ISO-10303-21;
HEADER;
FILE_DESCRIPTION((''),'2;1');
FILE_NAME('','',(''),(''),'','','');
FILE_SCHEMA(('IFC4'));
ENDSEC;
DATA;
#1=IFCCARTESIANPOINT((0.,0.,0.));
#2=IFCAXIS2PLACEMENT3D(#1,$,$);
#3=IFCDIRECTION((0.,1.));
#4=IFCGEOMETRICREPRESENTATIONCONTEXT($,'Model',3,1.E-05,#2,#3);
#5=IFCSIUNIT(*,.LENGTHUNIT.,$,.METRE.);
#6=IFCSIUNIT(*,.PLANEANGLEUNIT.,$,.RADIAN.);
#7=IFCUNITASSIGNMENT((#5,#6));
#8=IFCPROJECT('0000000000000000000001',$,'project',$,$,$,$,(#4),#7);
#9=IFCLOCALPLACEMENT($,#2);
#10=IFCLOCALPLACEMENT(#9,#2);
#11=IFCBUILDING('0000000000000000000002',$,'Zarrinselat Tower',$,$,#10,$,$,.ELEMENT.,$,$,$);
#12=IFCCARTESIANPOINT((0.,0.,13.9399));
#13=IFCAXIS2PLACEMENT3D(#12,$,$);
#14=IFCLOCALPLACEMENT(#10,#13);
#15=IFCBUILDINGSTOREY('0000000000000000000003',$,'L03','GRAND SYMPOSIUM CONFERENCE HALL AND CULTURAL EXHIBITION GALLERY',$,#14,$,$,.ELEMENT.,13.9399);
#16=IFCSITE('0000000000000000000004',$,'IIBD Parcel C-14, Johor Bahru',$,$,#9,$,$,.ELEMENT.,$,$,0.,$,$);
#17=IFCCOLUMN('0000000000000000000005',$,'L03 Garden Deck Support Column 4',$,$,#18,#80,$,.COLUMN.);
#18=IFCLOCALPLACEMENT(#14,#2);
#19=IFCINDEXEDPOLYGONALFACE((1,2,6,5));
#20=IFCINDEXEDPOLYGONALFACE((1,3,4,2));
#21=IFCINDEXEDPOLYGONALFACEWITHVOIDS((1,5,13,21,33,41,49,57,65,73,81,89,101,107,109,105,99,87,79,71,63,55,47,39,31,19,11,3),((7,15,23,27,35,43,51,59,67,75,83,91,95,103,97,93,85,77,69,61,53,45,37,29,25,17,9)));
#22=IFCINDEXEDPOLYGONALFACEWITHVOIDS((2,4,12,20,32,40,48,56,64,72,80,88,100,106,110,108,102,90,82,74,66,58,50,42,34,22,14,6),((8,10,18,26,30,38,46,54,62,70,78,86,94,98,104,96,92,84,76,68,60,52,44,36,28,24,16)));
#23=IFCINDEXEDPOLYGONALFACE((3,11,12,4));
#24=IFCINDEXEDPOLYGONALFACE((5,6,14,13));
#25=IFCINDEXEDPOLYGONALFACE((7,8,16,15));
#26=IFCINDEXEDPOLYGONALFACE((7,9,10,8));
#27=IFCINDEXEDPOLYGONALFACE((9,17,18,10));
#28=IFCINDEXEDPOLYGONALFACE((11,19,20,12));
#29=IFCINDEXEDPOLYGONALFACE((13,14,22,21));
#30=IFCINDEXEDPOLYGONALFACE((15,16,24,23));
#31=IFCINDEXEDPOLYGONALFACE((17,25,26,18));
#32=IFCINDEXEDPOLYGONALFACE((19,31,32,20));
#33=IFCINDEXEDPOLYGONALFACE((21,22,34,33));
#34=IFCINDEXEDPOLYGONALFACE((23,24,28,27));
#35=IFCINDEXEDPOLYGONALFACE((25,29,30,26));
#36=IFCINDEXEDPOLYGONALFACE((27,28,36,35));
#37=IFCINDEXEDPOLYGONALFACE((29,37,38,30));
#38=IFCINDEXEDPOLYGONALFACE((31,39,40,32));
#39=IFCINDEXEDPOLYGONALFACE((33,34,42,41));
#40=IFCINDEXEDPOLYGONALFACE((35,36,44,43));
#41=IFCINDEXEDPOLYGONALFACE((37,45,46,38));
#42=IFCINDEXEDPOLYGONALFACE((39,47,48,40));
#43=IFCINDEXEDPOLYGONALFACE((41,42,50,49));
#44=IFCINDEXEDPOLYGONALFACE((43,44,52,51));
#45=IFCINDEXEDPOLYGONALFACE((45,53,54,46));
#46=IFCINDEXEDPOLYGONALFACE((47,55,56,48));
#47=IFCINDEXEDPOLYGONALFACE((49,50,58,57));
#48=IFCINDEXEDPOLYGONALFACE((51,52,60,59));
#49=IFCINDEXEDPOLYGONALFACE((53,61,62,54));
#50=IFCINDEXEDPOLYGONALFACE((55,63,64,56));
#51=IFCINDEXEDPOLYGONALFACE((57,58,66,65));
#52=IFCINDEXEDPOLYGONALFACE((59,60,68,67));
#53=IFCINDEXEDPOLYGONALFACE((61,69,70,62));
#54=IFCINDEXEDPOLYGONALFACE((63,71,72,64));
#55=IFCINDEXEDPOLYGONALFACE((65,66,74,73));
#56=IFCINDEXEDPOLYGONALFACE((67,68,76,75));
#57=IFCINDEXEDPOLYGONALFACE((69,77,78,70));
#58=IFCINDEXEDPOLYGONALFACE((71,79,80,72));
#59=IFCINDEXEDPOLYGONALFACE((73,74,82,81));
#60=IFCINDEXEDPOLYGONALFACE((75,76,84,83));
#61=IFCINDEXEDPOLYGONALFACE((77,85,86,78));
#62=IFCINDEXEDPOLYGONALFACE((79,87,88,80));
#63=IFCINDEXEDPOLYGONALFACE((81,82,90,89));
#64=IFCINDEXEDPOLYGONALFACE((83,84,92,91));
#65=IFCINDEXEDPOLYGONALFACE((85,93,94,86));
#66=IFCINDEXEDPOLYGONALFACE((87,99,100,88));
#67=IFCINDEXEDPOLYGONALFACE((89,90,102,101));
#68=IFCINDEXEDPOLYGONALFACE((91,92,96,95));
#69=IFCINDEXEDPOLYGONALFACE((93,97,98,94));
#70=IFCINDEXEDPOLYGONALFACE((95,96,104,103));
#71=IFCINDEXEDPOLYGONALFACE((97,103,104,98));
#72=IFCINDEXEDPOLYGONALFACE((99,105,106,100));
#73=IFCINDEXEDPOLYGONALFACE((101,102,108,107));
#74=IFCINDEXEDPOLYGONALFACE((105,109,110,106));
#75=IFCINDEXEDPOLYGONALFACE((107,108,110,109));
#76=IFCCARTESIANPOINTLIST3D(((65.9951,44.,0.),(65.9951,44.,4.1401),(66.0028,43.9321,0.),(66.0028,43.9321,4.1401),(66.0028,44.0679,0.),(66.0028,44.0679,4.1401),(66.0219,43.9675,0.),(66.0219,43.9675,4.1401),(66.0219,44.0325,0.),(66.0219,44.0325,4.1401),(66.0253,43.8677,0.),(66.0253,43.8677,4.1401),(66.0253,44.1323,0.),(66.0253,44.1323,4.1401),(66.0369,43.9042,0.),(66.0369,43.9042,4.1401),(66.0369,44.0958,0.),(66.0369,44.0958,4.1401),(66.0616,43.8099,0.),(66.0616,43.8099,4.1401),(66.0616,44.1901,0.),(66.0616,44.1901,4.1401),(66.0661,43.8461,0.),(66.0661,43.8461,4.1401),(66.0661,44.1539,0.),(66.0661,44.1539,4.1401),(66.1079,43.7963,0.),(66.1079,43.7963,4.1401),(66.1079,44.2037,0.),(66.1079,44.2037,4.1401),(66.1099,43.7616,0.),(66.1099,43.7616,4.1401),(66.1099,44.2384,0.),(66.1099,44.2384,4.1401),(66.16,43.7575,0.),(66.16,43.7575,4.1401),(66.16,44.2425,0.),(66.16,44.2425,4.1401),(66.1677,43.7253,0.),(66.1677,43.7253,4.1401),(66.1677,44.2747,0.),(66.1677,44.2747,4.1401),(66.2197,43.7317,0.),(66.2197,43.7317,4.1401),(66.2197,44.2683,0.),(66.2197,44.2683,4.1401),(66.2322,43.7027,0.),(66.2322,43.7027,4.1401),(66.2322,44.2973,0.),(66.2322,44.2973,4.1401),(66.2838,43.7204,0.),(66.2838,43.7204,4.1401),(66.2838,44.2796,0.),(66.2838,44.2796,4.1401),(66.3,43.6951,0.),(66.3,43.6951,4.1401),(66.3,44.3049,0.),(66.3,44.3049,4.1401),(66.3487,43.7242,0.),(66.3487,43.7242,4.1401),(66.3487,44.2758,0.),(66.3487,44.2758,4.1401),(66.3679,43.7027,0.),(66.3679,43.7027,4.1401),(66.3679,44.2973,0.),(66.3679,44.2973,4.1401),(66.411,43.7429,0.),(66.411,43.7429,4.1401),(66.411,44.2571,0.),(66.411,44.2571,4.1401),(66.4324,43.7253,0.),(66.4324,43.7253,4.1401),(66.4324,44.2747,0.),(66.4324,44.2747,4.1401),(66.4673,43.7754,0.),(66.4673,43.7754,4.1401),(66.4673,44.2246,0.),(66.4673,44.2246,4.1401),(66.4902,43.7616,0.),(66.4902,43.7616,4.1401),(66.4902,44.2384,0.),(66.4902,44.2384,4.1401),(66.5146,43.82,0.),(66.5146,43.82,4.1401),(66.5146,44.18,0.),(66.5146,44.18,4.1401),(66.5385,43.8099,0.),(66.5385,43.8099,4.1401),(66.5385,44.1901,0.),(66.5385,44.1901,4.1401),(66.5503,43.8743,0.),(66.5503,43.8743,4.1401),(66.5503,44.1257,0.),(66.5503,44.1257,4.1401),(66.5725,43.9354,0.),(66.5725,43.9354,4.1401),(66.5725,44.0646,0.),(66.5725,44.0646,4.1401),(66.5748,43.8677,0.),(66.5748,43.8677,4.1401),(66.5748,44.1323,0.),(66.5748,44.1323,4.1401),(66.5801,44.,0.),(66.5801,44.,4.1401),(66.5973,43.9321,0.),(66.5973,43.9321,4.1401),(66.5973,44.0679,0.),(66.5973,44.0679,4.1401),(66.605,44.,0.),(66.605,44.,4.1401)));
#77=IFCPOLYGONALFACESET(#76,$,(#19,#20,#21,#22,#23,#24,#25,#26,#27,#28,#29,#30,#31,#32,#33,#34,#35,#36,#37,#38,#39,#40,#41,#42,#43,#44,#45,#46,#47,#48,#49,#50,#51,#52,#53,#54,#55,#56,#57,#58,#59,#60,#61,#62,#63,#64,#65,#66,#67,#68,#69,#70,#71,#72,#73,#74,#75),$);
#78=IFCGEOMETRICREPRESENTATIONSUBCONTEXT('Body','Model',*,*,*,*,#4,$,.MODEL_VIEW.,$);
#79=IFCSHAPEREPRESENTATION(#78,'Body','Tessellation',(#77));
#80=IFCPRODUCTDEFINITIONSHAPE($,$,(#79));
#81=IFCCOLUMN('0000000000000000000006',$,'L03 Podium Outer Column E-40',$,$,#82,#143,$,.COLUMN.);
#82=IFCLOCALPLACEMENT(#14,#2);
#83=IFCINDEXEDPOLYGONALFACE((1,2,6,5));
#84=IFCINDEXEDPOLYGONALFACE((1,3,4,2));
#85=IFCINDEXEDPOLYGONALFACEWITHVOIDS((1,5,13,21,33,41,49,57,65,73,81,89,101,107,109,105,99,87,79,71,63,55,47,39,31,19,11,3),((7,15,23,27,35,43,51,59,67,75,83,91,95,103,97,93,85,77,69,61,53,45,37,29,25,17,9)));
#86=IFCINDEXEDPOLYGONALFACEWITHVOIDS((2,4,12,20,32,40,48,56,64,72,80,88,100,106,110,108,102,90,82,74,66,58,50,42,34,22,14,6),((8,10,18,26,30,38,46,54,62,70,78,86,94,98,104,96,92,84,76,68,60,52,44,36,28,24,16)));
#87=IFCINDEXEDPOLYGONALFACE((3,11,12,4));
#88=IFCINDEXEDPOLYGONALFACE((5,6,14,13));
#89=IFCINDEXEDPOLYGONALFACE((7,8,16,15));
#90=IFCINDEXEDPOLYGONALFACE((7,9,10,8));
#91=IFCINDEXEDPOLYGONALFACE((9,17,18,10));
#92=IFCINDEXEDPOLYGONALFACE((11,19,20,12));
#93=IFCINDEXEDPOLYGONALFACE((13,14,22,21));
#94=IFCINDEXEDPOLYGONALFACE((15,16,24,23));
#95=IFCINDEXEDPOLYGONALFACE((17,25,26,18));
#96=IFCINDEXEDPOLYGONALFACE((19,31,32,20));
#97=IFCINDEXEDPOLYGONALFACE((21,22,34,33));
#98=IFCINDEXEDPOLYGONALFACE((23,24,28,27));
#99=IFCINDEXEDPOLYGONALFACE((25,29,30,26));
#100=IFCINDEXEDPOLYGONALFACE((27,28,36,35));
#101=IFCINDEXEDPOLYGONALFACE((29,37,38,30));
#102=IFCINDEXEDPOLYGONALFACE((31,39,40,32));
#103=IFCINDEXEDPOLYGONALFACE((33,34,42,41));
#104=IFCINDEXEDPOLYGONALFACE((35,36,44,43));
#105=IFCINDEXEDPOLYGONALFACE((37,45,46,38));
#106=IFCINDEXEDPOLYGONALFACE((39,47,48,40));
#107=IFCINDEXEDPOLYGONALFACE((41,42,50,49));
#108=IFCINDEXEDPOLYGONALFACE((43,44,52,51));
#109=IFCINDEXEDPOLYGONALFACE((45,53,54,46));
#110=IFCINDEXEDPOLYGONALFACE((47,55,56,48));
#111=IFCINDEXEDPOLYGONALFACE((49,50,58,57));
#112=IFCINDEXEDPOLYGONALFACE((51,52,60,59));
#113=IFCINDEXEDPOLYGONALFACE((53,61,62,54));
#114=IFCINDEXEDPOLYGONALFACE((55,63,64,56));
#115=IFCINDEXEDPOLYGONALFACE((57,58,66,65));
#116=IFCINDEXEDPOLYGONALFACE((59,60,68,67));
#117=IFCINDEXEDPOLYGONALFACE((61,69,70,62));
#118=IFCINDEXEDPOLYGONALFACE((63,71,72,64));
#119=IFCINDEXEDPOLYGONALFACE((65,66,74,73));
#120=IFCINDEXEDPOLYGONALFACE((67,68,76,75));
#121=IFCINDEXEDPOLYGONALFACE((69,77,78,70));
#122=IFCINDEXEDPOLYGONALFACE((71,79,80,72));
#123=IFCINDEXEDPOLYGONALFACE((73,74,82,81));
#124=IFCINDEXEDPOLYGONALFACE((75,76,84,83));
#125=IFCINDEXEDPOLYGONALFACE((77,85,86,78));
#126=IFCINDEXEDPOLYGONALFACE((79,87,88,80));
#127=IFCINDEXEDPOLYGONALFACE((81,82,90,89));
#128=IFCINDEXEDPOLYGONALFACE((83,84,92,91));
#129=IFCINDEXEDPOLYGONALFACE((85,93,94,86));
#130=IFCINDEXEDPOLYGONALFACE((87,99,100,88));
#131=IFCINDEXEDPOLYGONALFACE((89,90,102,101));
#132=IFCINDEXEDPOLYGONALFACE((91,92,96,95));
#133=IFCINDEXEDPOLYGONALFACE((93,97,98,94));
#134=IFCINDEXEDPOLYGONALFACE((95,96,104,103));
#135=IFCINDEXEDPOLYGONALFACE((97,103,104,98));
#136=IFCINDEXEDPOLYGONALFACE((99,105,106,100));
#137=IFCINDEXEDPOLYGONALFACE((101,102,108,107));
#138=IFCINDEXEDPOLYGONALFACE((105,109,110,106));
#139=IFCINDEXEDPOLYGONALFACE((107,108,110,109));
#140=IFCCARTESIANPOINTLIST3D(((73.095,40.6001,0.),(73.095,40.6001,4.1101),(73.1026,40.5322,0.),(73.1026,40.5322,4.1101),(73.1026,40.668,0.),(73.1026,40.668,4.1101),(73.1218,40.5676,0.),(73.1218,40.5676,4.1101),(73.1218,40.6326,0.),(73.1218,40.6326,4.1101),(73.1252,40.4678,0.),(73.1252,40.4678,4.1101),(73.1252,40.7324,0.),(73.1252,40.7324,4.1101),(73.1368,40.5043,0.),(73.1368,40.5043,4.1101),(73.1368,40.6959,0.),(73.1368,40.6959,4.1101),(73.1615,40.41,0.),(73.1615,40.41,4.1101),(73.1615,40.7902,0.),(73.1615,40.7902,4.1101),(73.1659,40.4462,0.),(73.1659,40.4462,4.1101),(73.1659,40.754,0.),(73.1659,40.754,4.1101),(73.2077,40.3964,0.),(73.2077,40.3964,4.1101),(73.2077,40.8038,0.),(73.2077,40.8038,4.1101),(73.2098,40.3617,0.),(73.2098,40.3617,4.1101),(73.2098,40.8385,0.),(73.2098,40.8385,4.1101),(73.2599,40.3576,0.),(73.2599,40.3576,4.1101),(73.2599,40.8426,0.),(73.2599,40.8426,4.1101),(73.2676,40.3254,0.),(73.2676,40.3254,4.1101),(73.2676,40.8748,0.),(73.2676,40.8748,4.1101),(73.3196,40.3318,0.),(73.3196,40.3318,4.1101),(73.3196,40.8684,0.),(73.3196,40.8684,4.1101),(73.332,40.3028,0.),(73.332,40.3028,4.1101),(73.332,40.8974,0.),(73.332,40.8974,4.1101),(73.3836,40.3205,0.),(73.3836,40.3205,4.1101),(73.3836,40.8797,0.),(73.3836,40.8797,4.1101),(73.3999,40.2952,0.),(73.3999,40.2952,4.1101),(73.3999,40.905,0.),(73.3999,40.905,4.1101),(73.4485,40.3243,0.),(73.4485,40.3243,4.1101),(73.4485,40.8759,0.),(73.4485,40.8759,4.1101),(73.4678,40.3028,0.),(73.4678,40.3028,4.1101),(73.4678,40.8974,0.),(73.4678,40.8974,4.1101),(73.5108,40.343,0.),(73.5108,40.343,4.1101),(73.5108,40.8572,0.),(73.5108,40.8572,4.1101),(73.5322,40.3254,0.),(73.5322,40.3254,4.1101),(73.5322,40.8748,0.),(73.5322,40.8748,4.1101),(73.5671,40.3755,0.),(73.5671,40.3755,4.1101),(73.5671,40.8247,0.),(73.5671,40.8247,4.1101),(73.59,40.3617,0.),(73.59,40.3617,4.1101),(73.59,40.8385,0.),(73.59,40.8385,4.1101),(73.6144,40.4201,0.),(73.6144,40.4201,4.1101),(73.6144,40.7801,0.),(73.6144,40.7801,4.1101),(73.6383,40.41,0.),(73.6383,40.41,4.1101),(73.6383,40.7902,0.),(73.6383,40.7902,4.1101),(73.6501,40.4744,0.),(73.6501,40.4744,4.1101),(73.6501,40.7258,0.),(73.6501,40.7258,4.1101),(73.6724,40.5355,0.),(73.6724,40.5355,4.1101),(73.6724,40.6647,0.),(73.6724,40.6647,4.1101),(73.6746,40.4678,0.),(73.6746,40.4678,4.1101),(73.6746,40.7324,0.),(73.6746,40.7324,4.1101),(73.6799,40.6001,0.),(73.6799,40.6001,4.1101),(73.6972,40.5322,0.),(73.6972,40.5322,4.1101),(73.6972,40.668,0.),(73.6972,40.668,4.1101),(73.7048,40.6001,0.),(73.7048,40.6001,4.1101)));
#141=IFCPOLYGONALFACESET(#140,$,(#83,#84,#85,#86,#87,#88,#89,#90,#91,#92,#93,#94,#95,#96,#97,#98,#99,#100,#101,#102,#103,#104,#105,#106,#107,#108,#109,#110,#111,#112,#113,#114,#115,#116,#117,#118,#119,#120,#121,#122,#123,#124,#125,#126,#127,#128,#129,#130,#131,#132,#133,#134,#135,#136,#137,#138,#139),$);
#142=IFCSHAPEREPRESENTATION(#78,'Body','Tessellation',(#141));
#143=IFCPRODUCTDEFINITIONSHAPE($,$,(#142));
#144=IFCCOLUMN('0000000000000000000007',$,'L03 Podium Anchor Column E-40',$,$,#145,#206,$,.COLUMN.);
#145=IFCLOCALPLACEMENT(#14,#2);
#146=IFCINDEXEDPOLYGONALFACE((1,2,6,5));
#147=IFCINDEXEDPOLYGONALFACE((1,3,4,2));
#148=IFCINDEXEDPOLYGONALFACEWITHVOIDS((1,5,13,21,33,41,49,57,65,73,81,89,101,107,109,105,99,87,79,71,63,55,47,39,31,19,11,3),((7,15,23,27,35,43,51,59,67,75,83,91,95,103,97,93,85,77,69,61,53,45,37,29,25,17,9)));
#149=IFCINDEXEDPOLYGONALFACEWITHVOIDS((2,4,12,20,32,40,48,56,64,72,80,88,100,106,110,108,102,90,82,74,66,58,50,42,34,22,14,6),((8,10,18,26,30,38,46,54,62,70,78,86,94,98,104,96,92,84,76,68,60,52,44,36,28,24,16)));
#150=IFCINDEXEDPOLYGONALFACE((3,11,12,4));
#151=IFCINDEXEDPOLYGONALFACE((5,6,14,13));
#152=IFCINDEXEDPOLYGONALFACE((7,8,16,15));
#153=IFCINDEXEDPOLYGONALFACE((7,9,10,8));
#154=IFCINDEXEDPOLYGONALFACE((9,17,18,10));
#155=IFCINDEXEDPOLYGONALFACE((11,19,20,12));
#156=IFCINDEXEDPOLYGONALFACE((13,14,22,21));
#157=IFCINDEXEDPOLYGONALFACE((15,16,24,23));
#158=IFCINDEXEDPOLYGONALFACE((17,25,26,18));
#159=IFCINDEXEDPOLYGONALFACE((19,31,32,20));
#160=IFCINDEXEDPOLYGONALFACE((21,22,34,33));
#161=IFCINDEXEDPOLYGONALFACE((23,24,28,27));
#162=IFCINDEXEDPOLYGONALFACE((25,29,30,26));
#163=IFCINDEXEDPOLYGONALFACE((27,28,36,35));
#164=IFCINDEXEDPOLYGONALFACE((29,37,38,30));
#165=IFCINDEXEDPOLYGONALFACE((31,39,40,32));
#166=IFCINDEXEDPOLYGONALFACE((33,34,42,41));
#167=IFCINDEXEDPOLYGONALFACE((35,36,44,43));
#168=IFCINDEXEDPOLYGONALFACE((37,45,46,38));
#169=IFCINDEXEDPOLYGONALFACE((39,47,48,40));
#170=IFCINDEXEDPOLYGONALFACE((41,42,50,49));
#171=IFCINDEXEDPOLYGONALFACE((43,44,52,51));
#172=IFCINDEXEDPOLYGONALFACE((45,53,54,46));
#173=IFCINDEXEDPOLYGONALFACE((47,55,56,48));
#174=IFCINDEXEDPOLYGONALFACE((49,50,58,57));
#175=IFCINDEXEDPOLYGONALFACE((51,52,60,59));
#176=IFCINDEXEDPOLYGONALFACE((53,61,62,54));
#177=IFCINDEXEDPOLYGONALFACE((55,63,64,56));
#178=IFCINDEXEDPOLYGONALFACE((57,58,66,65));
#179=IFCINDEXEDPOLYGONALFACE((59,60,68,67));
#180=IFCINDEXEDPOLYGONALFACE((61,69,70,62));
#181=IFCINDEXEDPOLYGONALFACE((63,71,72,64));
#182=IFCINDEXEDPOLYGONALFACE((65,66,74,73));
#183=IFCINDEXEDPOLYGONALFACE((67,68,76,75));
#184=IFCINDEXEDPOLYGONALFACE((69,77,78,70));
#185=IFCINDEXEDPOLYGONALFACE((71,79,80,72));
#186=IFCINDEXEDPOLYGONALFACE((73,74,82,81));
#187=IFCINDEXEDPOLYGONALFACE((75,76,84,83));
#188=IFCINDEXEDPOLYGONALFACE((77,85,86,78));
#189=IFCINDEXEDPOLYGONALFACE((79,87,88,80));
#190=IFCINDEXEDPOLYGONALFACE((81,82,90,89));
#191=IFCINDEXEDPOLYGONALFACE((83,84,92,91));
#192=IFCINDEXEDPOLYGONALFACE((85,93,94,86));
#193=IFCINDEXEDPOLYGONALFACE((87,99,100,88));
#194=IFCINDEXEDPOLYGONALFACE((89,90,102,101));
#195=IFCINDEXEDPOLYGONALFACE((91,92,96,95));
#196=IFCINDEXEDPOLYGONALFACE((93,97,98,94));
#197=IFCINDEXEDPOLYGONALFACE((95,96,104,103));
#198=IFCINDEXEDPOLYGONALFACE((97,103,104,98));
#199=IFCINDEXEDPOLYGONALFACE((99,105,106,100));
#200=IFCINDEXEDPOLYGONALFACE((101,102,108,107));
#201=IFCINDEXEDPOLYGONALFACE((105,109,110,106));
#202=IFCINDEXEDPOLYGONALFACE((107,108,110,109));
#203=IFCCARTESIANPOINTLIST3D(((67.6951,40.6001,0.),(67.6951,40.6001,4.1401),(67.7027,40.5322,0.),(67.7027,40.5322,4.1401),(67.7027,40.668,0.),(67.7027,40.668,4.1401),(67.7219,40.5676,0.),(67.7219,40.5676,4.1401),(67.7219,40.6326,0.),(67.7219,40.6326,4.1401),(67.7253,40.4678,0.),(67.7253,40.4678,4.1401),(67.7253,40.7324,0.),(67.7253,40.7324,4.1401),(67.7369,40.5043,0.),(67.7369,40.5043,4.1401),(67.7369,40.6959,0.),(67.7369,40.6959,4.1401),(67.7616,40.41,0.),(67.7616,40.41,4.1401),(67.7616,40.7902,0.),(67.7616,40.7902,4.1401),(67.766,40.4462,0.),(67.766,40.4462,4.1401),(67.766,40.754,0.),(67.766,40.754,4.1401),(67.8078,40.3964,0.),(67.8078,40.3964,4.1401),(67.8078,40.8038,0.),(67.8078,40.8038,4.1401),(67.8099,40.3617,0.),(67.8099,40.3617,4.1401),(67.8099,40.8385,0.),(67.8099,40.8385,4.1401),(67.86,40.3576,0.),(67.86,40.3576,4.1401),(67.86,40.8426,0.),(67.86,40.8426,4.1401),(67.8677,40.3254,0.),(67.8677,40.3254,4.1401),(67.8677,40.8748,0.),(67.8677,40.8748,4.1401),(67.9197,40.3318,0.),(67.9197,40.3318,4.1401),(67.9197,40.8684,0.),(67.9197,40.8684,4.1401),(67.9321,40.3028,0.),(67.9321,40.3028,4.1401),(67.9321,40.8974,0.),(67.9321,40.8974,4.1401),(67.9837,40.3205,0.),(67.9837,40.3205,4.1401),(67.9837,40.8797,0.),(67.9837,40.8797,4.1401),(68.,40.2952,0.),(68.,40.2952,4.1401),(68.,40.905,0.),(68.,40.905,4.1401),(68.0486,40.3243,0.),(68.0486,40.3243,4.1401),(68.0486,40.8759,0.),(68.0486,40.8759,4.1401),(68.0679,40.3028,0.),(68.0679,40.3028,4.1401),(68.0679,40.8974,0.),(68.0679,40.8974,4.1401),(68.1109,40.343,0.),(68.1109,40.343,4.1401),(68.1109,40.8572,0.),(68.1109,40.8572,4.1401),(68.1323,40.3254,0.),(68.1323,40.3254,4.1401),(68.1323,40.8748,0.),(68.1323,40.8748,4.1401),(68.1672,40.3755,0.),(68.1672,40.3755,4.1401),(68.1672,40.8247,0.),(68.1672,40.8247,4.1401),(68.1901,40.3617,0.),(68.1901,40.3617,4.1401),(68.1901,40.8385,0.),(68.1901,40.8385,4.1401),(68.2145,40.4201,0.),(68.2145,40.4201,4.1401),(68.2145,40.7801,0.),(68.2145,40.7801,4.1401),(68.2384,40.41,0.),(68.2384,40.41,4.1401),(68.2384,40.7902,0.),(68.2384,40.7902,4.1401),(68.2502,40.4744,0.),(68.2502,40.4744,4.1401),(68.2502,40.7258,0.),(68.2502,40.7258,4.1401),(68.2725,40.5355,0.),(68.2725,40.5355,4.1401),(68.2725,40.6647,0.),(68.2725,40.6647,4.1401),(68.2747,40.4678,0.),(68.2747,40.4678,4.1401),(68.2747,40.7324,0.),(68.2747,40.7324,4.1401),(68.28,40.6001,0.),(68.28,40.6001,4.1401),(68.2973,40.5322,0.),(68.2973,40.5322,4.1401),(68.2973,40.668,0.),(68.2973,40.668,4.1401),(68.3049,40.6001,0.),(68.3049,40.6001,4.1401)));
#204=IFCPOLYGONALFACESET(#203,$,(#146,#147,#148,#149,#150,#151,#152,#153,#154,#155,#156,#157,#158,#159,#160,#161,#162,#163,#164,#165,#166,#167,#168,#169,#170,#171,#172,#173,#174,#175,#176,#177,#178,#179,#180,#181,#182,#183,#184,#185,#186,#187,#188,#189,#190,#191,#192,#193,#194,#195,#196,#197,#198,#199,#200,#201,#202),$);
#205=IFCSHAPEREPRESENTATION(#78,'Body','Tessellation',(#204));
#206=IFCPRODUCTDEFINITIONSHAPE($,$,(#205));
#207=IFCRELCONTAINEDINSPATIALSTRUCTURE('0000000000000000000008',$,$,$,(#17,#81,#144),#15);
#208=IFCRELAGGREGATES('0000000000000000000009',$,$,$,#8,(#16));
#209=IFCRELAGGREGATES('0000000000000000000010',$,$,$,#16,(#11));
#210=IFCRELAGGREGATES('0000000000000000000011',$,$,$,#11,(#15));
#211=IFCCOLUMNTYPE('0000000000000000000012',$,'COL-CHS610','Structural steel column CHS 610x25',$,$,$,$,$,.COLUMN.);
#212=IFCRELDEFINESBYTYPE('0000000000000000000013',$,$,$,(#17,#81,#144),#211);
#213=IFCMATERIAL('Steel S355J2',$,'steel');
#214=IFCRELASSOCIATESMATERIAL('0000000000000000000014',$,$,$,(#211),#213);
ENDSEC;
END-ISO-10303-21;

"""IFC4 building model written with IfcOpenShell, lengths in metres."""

from ifc_helpers import new_model, si_unit, direction, frame, origin, origin_2d, place, context, subcontext, project, spatial, hollow_circle, extrude, material, material_profile, profile_set, type_object, element, save


model = new_model("IFC4")

# Units and contexts
model_context = context("Model", 3, precision=1e-05, world=origin(), true_north=direction((0.0, 1.0)))
body_context = subcontext(model_context, "Body", "Model", "MODEL_VIEW")
ifc_project = project(units=[si_unit("LENGTHUNIT", "METRE"), si_unit("PLANEANGLEUNIT", "RADIAN")], contexts=[model_context])

# Site, building, storey
site_placement = place(None, origin())
site = spatial("IfcSite", under=ifc_project, at=site_placement, Name="IIBD Parcel C-14, Johor Bahru", CompositionType="ELEMENT", RefElevation=0.0)
building_placement = place(site_placement, origin())
building = spatial("IfcBuilding", under=site, at=building_placement, Name="Zarrinselat Tower", CompositionType="ELEMENT")
storey_placement = place(building_placement, frame((0.0, 0.0, 13.9399)))
storey = spatial("IfcBuildingStorey", under=building, at=storey_placement, Name="L03", Description="GRAND SYMPOSIUM CONFERENCE HALL AND CULTURAL EXHIBITION GALLERY", CompositionType="ELEMENT", Elevation=13.9399)

# Columns
ifc_material_1 = material(Name="Steel S355J2", Category="steel")
ifc_material_profile_1 = material_profile(ifc_material_1, hollow_circle(Radius=0.3049, WallThickness=0.0249, at=origin_2d()), Name="CHS 610x25")
ifc_profile_set_1 = profile_set([ifc_material_profile_1], Name="Steel S355J2")
column_type = type_object("IfcColumnType", Name="COL-CHS610", Description="Structural steel column CHS 610x25", PredefinedType="COLUMN", material=ifc_profile_set_1)
column_1_placement = place(storey_placement, frame((66.3, 44.0, 0.0), z_axis=(0.0, 0.0, 1.0), x_axis=(1.0, 0.0, 0.0)))
element("IfcColumn", 1, at=column_1_placement, inside=storey, type_object=column_type, Name="L03 Garden Deck Support Column 4", PredefinedType="COLUMN", context=body_context, shape_type="SweptSolid", body=[
    extrude(hollow_circle(Radius=0.3049, WallThickness=0.0249, at=origin_2d()), origin(), (0.0, 0.0, 1.0), 4.1401),
])
column_2_placement = place(storey_placement, frame((73.3999, 40.6001, 0.0), z_axis=(0.0, 0.0, 1.0), x_axis=(1.0, 0.0, 0.0)))
element("IfcColumn", 2, at=column_2_placement, inside=storey, type_object=column_type, Name="L03 Podium Outer Column E-40", PredefinedType="COLUMN", context=body_context, shape_type="SweptSolid", body=[
    extrude(hollow_circle(Radius=0.3049, WallThickness=0.0249, at=origin_2d()), origin(), (0.0, 0.0, 1.0), 4.1101),
])
column_3_placement = place(storey_placement, frame((68.0, 40.6001, 0.0), z_axis=(0.0, 0.0, 1.0), x_axis=(1.0, 0.0, 0.0)))
element("IfcColumn", 3, at=column_3_placement, inside=storey, type_object=column_type, Name="L03 Podium Anchor Column E-40", PredefinedType="COLUMN", context=body_context, shape_type="SweptSolid", body=[
    extrude(hollow_circle(Radius=0.3049, WallThickness=0.0249, at=origin_2d()), origin(), (0.0, 0.0, 1.0), 4.1401),
])

save(model, "model.ifc")
